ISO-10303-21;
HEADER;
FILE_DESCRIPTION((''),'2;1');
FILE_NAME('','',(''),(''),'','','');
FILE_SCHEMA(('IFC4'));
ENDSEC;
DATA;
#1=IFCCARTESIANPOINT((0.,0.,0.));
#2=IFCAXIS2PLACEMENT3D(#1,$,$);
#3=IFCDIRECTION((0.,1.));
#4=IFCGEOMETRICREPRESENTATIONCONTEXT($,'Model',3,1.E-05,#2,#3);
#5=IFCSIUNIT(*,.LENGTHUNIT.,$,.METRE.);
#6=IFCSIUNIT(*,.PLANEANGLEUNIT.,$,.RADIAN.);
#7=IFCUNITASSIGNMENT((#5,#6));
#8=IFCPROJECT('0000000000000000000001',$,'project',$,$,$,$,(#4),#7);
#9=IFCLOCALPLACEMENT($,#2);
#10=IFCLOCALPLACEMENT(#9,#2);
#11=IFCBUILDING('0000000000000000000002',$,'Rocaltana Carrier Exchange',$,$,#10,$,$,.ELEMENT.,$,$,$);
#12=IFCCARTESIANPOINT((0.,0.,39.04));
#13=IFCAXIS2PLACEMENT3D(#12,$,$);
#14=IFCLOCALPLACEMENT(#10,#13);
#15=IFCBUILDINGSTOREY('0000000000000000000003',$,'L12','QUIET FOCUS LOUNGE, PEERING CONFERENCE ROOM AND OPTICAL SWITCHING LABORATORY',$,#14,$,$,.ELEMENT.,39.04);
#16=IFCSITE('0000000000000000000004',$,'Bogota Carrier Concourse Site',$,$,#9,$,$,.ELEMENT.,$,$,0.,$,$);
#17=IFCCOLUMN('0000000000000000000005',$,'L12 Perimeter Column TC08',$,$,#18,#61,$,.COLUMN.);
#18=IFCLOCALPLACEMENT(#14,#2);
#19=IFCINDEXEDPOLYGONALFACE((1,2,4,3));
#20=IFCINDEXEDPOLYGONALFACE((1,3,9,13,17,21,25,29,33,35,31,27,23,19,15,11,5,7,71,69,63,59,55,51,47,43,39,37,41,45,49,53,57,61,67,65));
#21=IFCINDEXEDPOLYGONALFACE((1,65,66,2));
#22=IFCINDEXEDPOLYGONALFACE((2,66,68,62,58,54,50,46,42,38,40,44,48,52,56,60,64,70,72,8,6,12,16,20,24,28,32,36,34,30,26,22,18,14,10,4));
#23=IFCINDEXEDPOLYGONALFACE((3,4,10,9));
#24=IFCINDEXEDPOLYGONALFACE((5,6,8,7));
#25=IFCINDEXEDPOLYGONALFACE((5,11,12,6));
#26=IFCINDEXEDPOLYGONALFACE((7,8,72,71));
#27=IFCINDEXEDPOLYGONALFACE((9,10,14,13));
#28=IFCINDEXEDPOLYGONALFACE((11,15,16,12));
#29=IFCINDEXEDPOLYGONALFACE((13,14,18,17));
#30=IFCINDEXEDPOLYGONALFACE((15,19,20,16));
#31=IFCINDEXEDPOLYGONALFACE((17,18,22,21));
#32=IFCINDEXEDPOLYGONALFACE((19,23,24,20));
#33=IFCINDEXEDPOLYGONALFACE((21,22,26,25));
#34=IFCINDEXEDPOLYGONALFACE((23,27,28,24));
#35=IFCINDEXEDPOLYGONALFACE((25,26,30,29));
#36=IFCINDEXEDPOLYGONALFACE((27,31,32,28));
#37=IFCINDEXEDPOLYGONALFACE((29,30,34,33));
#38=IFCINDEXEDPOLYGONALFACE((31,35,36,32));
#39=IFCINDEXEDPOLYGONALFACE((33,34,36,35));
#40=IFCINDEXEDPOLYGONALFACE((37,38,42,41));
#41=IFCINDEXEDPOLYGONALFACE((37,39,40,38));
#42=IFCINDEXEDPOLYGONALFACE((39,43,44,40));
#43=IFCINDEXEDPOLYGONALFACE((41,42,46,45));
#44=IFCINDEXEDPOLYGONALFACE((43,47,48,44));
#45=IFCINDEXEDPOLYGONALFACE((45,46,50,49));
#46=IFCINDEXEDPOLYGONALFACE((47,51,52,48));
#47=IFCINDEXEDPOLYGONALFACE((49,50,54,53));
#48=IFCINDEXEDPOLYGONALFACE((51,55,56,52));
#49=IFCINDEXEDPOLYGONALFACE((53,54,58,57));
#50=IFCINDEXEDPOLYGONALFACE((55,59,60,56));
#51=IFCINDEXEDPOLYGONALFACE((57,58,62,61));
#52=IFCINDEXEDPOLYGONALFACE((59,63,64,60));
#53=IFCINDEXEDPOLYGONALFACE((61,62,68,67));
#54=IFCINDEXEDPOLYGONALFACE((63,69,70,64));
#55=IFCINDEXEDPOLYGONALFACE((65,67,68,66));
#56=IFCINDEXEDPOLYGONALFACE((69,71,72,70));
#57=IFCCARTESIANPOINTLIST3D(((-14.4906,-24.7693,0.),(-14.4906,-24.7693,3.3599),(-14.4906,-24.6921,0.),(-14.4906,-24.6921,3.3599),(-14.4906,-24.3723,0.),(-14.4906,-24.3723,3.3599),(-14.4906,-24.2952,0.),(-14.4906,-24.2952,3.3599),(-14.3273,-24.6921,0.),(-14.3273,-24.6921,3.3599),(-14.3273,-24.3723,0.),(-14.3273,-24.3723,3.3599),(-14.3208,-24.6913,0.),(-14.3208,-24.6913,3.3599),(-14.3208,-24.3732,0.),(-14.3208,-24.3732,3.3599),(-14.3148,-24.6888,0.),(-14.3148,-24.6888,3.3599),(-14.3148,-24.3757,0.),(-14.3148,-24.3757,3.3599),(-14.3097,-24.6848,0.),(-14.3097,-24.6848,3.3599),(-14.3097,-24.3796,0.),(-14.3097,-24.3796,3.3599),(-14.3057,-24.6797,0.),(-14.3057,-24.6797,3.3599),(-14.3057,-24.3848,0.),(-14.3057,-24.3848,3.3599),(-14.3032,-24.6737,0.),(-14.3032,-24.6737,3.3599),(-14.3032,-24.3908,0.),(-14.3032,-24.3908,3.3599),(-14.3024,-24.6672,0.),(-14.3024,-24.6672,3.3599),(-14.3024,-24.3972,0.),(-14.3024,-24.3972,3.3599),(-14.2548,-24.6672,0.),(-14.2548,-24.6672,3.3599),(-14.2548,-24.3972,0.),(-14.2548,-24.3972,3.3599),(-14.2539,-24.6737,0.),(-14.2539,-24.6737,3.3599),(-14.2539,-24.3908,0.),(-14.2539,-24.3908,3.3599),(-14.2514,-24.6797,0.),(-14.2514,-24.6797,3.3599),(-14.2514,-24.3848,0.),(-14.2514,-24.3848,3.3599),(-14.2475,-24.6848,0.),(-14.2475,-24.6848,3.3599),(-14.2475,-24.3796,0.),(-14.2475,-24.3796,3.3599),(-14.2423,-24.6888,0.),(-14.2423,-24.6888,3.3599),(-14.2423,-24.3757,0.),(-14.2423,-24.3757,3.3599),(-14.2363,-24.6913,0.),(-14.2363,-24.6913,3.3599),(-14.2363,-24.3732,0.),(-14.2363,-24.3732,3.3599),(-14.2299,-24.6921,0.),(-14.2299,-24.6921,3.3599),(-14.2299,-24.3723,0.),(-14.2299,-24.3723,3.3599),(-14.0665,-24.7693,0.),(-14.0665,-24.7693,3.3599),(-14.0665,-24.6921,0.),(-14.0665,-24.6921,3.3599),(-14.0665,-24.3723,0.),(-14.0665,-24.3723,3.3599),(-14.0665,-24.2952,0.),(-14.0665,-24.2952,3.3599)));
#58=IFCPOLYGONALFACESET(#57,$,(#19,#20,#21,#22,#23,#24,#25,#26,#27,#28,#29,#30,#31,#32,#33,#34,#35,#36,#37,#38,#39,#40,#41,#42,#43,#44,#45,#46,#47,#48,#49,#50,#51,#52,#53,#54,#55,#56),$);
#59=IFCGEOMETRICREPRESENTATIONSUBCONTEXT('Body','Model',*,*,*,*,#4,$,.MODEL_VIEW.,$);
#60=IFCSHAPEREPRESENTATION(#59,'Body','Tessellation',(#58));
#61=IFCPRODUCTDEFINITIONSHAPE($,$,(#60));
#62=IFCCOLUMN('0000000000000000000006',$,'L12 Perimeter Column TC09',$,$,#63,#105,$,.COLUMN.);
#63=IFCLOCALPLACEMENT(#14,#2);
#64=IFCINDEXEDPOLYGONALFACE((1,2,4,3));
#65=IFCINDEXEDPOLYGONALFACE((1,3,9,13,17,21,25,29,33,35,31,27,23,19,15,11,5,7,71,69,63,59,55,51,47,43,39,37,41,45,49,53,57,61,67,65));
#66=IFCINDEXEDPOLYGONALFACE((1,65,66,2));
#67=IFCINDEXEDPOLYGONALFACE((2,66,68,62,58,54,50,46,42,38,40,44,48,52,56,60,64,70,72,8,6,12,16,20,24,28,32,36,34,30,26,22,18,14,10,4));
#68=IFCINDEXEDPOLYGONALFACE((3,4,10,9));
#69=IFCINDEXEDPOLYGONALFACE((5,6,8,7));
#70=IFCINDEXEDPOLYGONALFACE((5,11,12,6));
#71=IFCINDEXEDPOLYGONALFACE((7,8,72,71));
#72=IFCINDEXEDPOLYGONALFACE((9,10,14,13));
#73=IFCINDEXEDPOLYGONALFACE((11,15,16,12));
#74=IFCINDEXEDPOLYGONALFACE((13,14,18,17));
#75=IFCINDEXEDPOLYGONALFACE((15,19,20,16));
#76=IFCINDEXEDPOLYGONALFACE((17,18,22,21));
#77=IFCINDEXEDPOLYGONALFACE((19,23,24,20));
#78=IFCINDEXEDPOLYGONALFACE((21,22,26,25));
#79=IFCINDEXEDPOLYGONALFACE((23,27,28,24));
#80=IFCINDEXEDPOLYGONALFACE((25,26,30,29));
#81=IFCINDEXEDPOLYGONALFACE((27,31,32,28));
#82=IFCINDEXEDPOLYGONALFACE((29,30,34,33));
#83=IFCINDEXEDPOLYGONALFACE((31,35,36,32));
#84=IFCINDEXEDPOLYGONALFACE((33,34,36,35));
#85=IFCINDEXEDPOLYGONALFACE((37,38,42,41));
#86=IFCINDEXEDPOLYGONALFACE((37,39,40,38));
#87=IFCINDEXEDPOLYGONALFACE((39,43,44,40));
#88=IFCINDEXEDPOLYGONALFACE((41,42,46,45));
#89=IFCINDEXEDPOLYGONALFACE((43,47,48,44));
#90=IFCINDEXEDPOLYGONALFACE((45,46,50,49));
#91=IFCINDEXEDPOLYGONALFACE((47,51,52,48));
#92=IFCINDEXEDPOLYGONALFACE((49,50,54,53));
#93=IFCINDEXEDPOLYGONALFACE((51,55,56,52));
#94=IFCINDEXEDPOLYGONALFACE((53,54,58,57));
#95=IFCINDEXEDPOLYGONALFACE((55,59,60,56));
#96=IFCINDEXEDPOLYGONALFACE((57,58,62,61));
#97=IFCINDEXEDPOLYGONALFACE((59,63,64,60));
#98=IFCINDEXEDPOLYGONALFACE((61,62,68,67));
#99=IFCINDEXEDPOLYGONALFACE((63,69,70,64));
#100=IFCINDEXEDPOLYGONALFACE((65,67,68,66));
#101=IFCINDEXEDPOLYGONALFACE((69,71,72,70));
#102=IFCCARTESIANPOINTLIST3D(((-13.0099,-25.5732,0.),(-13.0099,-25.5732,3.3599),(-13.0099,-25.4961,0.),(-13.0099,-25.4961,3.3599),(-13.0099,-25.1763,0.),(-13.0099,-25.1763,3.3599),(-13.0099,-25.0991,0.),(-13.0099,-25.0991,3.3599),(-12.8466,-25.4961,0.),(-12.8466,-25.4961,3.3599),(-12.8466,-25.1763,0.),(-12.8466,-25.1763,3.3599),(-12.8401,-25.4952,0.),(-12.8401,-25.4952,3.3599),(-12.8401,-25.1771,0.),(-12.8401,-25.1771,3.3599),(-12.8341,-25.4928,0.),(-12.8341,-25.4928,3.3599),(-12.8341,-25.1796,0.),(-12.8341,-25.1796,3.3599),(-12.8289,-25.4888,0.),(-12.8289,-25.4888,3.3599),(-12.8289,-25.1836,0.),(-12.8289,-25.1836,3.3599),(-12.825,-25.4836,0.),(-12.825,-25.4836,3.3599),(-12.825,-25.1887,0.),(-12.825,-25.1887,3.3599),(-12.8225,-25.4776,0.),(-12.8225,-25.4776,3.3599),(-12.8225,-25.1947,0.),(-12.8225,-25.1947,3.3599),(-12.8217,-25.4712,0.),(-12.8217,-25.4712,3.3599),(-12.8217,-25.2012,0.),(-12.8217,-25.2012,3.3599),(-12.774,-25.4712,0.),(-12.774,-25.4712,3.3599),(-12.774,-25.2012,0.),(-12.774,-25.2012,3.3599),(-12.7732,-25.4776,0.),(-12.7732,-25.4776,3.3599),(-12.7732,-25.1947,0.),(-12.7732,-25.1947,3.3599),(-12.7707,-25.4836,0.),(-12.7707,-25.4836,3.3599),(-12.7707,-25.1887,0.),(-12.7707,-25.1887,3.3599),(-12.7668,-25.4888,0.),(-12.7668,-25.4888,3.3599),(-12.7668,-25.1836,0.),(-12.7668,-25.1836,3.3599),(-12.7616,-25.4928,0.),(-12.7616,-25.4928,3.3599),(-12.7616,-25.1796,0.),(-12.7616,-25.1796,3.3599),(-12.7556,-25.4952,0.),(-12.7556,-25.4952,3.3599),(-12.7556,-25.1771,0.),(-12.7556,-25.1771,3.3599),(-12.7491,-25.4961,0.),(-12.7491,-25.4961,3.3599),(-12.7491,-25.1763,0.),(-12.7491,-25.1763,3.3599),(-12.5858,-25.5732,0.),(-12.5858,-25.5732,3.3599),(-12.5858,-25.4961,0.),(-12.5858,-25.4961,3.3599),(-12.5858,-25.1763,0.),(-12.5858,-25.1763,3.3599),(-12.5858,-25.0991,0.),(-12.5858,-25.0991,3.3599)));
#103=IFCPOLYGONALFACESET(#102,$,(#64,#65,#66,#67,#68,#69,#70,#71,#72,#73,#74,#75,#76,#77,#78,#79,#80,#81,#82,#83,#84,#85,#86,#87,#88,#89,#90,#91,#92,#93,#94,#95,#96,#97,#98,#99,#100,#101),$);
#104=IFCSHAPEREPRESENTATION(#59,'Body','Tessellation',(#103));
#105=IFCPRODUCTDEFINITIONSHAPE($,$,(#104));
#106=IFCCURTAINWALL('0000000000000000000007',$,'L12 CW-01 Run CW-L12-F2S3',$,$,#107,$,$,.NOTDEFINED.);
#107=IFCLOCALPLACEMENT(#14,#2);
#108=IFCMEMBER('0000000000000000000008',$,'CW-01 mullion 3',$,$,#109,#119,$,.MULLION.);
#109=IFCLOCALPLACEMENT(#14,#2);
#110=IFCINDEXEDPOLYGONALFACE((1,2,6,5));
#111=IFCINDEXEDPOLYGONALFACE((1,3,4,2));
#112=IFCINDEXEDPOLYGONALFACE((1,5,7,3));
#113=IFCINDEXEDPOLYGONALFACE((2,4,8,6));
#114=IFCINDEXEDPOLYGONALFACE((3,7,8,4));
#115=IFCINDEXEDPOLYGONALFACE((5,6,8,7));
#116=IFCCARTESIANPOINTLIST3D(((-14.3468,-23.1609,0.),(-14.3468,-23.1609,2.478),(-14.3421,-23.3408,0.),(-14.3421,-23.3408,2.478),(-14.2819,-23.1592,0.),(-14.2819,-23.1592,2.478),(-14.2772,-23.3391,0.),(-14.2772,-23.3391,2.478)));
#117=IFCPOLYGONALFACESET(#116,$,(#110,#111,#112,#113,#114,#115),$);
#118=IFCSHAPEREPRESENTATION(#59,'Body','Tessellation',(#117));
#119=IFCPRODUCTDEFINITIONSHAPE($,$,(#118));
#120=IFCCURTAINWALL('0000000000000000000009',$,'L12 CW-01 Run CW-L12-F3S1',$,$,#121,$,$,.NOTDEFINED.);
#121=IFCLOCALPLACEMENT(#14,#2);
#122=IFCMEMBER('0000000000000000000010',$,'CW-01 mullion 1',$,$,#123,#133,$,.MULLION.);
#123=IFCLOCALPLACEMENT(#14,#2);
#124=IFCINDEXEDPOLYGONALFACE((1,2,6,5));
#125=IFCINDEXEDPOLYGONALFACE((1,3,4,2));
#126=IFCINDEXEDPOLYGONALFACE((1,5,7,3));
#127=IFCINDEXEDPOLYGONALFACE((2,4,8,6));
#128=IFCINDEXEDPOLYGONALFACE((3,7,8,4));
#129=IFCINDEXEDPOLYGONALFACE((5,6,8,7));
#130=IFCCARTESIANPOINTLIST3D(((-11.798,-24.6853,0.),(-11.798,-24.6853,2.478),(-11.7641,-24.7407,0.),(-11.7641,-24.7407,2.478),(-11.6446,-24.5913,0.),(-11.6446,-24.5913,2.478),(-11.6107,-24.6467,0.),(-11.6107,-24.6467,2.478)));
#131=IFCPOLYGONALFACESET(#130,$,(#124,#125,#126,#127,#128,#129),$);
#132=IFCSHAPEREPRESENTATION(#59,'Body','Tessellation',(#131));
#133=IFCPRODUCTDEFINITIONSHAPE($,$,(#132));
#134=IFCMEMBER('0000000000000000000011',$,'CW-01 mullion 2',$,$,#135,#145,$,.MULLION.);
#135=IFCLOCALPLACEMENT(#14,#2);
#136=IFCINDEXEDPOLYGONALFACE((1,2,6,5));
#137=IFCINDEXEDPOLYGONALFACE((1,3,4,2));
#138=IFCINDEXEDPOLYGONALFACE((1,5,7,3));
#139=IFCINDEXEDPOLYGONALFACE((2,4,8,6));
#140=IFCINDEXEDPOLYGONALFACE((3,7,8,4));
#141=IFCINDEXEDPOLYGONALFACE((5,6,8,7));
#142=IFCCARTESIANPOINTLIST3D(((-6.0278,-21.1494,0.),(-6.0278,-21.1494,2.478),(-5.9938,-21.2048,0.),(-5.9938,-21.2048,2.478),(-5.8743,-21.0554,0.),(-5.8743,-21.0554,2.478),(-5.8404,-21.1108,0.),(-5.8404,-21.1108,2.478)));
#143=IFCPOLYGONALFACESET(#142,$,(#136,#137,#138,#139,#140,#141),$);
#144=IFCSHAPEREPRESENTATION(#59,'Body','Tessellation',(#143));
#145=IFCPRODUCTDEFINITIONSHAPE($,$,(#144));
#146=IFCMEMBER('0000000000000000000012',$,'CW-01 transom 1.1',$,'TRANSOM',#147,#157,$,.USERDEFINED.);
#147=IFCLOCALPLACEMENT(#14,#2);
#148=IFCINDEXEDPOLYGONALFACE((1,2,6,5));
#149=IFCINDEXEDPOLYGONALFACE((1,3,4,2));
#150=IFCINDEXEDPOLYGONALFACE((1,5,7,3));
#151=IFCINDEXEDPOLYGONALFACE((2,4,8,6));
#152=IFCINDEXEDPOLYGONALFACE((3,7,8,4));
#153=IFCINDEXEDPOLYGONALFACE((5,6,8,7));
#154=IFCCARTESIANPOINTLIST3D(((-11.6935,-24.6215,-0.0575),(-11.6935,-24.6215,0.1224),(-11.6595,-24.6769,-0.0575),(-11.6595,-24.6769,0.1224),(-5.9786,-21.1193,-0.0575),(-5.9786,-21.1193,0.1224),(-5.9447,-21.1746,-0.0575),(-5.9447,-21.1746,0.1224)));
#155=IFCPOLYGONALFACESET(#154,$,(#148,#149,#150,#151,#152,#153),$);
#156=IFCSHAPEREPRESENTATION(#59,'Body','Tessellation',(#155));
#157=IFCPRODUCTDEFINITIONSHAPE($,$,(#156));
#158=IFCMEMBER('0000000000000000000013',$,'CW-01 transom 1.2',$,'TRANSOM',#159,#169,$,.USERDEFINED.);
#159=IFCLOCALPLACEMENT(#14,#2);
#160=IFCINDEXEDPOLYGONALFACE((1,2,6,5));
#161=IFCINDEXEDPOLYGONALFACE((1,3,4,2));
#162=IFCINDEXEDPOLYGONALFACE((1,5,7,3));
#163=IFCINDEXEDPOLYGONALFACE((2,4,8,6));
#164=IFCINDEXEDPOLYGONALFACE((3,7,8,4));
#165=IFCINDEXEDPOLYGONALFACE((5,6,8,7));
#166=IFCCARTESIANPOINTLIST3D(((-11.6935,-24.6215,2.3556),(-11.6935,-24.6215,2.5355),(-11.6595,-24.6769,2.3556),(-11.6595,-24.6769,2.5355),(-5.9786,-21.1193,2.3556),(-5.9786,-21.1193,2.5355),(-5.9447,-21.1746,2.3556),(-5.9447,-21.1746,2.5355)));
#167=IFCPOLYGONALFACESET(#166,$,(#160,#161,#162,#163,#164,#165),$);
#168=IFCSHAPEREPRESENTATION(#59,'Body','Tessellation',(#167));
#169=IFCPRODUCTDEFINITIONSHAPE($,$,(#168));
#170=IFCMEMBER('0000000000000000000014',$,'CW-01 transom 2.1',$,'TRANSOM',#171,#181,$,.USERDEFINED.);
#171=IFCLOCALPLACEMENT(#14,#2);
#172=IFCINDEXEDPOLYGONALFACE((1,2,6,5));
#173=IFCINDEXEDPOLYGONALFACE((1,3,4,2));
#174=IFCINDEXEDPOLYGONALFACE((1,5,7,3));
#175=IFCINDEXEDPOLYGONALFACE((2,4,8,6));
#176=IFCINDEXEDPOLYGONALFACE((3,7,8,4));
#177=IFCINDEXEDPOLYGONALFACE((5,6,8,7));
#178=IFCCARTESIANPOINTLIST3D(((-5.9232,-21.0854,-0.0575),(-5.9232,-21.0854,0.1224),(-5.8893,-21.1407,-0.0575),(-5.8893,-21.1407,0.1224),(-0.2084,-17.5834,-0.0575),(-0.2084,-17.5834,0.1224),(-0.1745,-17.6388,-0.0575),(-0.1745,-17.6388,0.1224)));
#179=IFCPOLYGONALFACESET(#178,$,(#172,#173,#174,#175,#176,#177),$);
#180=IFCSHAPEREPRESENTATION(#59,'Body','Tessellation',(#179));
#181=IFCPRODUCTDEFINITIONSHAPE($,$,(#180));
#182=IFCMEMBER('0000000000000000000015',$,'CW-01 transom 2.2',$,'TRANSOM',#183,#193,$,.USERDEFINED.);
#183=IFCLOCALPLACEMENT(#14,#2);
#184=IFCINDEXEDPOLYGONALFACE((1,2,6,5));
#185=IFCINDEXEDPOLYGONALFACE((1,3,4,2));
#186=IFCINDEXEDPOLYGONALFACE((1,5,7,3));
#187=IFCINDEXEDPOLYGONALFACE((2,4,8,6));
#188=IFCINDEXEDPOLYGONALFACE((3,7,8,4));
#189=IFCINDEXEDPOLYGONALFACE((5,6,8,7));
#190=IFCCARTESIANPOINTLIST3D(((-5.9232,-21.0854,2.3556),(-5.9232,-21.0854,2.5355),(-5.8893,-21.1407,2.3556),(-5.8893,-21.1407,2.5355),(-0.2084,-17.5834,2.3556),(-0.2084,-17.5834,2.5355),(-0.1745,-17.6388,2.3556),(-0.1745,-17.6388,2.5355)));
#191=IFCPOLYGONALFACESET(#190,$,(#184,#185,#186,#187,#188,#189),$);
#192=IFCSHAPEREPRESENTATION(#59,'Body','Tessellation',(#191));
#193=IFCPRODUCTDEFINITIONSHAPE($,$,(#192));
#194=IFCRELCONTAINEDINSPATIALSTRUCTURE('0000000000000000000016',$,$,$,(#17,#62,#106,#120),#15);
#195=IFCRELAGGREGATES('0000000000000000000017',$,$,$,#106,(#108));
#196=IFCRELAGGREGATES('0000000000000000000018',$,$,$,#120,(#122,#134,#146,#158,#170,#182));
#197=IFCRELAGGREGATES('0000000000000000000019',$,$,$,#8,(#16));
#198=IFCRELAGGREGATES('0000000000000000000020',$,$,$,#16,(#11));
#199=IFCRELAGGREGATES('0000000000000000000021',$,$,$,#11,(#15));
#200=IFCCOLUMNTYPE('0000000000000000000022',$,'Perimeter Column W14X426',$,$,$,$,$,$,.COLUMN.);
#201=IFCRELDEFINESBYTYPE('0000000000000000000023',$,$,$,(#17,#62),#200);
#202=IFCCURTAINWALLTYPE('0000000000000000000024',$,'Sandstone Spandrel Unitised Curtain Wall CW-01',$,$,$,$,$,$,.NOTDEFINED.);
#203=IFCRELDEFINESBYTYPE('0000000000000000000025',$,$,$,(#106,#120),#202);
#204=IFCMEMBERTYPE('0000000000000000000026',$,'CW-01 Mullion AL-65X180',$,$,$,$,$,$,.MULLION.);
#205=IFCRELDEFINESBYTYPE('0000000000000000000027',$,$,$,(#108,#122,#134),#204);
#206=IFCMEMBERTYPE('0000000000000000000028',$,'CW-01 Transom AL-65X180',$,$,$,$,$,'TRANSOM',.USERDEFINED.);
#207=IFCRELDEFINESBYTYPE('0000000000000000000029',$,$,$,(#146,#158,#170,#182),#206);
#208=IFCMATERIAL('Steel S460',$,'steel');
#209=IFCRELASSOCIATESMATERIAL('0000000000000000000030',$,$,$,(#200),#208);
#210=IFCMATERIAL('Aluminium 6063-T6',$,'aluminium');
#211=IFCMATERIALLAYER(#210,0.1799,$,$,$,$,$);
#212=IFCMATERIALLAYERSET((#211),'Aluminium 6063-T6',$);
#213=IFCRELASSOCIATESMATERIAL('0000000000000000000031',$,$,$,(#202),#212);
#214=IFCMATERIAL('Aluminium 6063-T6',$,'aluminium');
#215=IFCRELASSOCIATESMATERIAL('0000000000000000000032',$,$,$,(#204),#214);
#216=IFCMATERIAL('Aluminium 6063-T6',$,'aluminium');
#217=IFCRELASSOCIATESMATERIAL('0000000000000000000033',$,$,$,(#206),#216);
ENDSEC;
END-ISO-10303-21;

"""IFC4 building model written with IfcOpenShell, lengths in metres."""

from ifc_helpers import new_model, si_unit, direction, frame, origin, origin_2d, place, context, subcontext, project, spatial, rectangle, i_section, extrude, material, layer, layer_set, material_profile, profile_set, type_object, element, aggregate, save


model = new_model("IFC4")

# Units and contexts
model_context = context("Model", 3, precision=1e-05, world=origin(), true_north=direction((0.0, 1.0)))
body_context = subcontext(model_context, "Body", "Model", "MODEL_VIEW")
ifc_project = project(units=[si_unit("LENGTHUNIT", "METRE"), si_unit("PLANEANGLEUNIT", "RADIAN")], contexts=[model_context])

# Site, building, storey
site_placement = place(None, origin())
site = spatial("IfcSite", under=ifc_project, at=site_placement, Name="Bogota Carrier Concourse Site", CompositionType="ELEMENT", RefElevation=0.0)
building_placement = place(site_placement, origin())
building = spatial("IfcBuilding", under=site, at=building_placement, Name="Rocaltana Carrier Exchange", CompositionType="ELEMENT")
storey_placement = place(building_placement, frame((0.0, 0.0, 39.04)))
storey = spatial("IfcBuildingStorey", under=building, at=storey_placement, Name="L12", Description="QUIET FOCUS LOUNGE, PEERING CONFERENCE ROOM AND OPTICAL SWITCHING LABORATORY", CompositionType="ELEMENT", Elevation=39.04)

# Columns
ifc_material_1 = material(Name="Steel S460", Category="steel")
ifc_material_profile_1 = material_profile(ifc_material_1, i_section(OverallWidth=0.4241, OverallDepth=0.4741, WebThickness=0.0476, FlangeThickness=0.0771, FilletRadius=0.0249, at=origin_2d()), Name="W14X426")
ifc_profile_set_1 = profile_set([ifc_material_profile_1], Name="Steel S460")
column_type = type_object("IfcColumnType", Name="Perimeter Column W14X426", PredefinedType="COLUMN", material=ifc_profile_set_1)
for number, where, z_axis, x_axis, name in (
    (1, (-14.2786, -24.5322, 0.0), (0.0, 0.0, 1.0), (1.0, 0.0, 0.0), "L12 Perimeter Column TC08"),
    (2, (-12.7979, -25.3362, 0.0), (0.0, 0.0, 1.0), (1.0, 0.0, 0.0), "L12 Perimeter Column TC09"),
):
    element("IfcColumn", number, at=place(storey_placement, frame(where, z_axis=z_axis, x_axis=x_axis)), inside=storey, type_object=column_type, Name=name, PredefinedType="COLUMN", context=body_context, shape_type="SweptSolid", body=[
        extrude(i_section(OverallWidth=0.4241, OverallDepth=0.4741, WebThickness=0.0476, FlangeThickness=0.0771, FilletRadius=0.0249, at=origin_2d()), origin(), (0.0, 0.0, 1.0), 3.3599),
    ])

# Curtain wall, member
ifc_material_2 = material(Name="Aluminium 6063-T6", Category="aluminium")
ifc_layer_1 = layer(ifc_material_2, 0.1799)
ifc_layer_set_1 = layer_set([ifc_layer_1], Name="Aluminium 6063-T6")
curtain_wall_type = type_object("IfcCurtainWallType", Name="Sandstone Spandrel Unitised Curtain Wall CW-01", PredefinedType="NOTDEFINED", material=ifc_layer_set_1)
curtain_wall_1_placement = place(storey_placement, origin())
curtain_wall_1 = element("IfcCurtainWall", 3, at=curtain_wall_1_placement, inside=storey, type_object=curtain_wall_type, Name="L12 CW-01 Run CW-L12-F2S3", PredefinedType="NOTDEFINED")
ifc_material_3 = material(Name="Aluminium 6063-T6", Category="aluminium")
ifc_material_profile_2 = material_profile(ifc_material_3, rectangle(XDim=0.0649, YDim=0.1799, at=origin_2d()), Name="AL-65X180")
ifc_profile_set_2 = profile_set([ifc_material_profile_2], Name="Aluminium 6063-T6")
member_type_1 = type_object("IfcMemberType", Name="CW-01 Mullion AL-65X180", PredefinedType="MULLION", material=ifc_profile_set_2)
member_1_placement = place(storey_placement, frame((-14.312, -23.25, 0.0), z_axis=(0.0, 0.0, 1.0), x_axis=(0.999657, 0.026184, 0.0)))
member_1 = element("IfcMember", 4, at=member_1_placement, type_object=member_type_1, Name="CW-01 mullion 3", PredefinedType="MULLION", context=body_context, shape_type="SweptSolid", body=[
    extrude(rectangle(XDim=0.0649, YDim=0.1799, at=origin_2d()), origin(), (0.0, 0.0, 1.0), 2.478),
])
aggregate(curtain_wall_1, [member_1])

# Curtain wall, members
curtain_wall_2_placement = place(storey_placement, origin())
curtain_wall_2 = element("IfcCurtainWall", 5, at=curtain_wall_2_placement, inside=storey, type_object=curtain_wall_type, Name="L12 CW-01 Run CW-L12-F3S1", PredefinedType="NOTDEFINED")
member_2_placement = place(storey_placement, frame((-11.7043, -24.666, 0.0), z_axis=(0.0, 0.0, 1.0), x_axis=(-0.522505, 0.852636, 0.0)))
member_2 = element("IfcMember", 6, at=member_2_placement, type_object=member_type_1, Name="CW-01 mullion 1", PredefinedType="MULLION", context=body_context, shape_type="SweptSolid", body=[
    extrude(rectangle(XDim=0.0649, YDim=0.1799, at=origin_2d()), origin(), (0.0, 0.0, 1.0), 2.478),
])
member_3_placement = place(storey_placement, frame((-5.9341, -21.1301, 0.0), z_axis=(0.0, 0.0, 1.0), x_axis=(-0.522505, 0.852636, 0.0)))
member_3 = element("IfcMember", 7, at=member_3_placement, type_object=member_type_1, Name="CW-01 mullion 2", PredefinedType="MULLION", context=body_context, shape_type="SweptSolid", body=[
    extrude(rectangle(XDim=0.0649, YDim=0.1799, at=origin_2d()), origin(), (0.0, 0.0, 1.0), 2.478),
])
ifc_material_4 = material(Name="Aluminium 6063-T6", Category="aluminium")
ifc_material_profile_3 = material_profile(ifc_material_4, rectangle(XDim=0.0649, YDim=0.1799, at=origin_2d()), Name="AL-65X180")
ifc_profile_set_3 = profile_set([ifc_material_profile_3], Name="Aluminium 6063-T6")
member_type_2 = type_object("IfcMemberType", Name="CW-01 Transom AL-65X180", ElementType="TRANSOM", PredefinedType="USERDEFINED", material=ifc_profile_set_3)
member_4_placement = place(storey_placement, frame((-11.6765, -24.6492, 0.0325), z_axis=(0.852631, 0.522513, 0.0), x_axis=(-0.522513, 0.852631, 0.0)))
member_4 = element("IfcMember", 8, at=member_4_placement, type_object=member_type_2, Name="CW-01 transom 1.1", ObjectType="TRANSOM", PredefinedType="USERDEFINED", context=body_context, shape_type="SweptSolid", body=[
    extrude(rectangle(XDim=0.0649, YDim=0.1799, at=origin_2d()), origin(), (0.0, 0.0, 1.0), 6.7026),
])
member_5_placement = place(storey_placement, frame((-11.6765, -24.6492, 2.4456), z_axis=(0.852631, 0.522513, 0.0), x_axis=(-0.522513, 0.852631, 0.0)))
member_5 = element("IfcMember", 9, at=member_5_placement, type_object=member_type_2, Name="CW-01 transom 1.2", ObjectType="TRANSOM", PredefinedType="USERDEFINED", context=body_context, shape_type="SweptSolid", body=[
    extrude(rectangle(XDim=0.0649, YDim=0.1799, at=origin_2d()), origin(), (0.0, 0.0, 1.0), 6.7026),
])
member_6_placement = place(storey_placement, frame((-5.9062, -21.113, 0.0325), z_axis=(0.852647, 0.522487, 0.0), x_axis=(-0.522487, 0.852647, 0.0)))
member_6 = element("IfcMember", 10, at=member_6_placement, type_object=member_type_2, Name="CW-01 transom 2.1", ObjectType="TRANSOM", PredefinedType="USERDEFINED", context=body_context, shape_type="SweptSolid", body=[
    extrude(rectangle(XDim=0.0649, YDim=0.1799, at=origin_2d()), origin(), (0.0, 0.0, 1.0), 6.7024),
])
member_7_placement = place(storey_placement, frame((-5.9062, -21.113, 2.4456), z_axis=(0.852647, 0.522487, 0.0), x_axis=(-0.522487, 0.852647, 0.0)))
member_7 = element("IfcMember", 11, at=member_7_placement, type_object=member_type_2, Name="CW-01 transom 2.2", ObjectType="TRANSOM", PredefinedType="USERDEFINED", context=body_context, shape_type="SweptSolid", body=[
    extrude(rectangle(XDim=0.0649, YDim=0.1799, at=origin_2d()), origin(), (0.0, 0.0, 1.0), 6.7024),
])

aggregate(curtain_wall_2, [member_2, member_3, member_4, member_5, member_6, member_7])

save(model, "model.ifc")
